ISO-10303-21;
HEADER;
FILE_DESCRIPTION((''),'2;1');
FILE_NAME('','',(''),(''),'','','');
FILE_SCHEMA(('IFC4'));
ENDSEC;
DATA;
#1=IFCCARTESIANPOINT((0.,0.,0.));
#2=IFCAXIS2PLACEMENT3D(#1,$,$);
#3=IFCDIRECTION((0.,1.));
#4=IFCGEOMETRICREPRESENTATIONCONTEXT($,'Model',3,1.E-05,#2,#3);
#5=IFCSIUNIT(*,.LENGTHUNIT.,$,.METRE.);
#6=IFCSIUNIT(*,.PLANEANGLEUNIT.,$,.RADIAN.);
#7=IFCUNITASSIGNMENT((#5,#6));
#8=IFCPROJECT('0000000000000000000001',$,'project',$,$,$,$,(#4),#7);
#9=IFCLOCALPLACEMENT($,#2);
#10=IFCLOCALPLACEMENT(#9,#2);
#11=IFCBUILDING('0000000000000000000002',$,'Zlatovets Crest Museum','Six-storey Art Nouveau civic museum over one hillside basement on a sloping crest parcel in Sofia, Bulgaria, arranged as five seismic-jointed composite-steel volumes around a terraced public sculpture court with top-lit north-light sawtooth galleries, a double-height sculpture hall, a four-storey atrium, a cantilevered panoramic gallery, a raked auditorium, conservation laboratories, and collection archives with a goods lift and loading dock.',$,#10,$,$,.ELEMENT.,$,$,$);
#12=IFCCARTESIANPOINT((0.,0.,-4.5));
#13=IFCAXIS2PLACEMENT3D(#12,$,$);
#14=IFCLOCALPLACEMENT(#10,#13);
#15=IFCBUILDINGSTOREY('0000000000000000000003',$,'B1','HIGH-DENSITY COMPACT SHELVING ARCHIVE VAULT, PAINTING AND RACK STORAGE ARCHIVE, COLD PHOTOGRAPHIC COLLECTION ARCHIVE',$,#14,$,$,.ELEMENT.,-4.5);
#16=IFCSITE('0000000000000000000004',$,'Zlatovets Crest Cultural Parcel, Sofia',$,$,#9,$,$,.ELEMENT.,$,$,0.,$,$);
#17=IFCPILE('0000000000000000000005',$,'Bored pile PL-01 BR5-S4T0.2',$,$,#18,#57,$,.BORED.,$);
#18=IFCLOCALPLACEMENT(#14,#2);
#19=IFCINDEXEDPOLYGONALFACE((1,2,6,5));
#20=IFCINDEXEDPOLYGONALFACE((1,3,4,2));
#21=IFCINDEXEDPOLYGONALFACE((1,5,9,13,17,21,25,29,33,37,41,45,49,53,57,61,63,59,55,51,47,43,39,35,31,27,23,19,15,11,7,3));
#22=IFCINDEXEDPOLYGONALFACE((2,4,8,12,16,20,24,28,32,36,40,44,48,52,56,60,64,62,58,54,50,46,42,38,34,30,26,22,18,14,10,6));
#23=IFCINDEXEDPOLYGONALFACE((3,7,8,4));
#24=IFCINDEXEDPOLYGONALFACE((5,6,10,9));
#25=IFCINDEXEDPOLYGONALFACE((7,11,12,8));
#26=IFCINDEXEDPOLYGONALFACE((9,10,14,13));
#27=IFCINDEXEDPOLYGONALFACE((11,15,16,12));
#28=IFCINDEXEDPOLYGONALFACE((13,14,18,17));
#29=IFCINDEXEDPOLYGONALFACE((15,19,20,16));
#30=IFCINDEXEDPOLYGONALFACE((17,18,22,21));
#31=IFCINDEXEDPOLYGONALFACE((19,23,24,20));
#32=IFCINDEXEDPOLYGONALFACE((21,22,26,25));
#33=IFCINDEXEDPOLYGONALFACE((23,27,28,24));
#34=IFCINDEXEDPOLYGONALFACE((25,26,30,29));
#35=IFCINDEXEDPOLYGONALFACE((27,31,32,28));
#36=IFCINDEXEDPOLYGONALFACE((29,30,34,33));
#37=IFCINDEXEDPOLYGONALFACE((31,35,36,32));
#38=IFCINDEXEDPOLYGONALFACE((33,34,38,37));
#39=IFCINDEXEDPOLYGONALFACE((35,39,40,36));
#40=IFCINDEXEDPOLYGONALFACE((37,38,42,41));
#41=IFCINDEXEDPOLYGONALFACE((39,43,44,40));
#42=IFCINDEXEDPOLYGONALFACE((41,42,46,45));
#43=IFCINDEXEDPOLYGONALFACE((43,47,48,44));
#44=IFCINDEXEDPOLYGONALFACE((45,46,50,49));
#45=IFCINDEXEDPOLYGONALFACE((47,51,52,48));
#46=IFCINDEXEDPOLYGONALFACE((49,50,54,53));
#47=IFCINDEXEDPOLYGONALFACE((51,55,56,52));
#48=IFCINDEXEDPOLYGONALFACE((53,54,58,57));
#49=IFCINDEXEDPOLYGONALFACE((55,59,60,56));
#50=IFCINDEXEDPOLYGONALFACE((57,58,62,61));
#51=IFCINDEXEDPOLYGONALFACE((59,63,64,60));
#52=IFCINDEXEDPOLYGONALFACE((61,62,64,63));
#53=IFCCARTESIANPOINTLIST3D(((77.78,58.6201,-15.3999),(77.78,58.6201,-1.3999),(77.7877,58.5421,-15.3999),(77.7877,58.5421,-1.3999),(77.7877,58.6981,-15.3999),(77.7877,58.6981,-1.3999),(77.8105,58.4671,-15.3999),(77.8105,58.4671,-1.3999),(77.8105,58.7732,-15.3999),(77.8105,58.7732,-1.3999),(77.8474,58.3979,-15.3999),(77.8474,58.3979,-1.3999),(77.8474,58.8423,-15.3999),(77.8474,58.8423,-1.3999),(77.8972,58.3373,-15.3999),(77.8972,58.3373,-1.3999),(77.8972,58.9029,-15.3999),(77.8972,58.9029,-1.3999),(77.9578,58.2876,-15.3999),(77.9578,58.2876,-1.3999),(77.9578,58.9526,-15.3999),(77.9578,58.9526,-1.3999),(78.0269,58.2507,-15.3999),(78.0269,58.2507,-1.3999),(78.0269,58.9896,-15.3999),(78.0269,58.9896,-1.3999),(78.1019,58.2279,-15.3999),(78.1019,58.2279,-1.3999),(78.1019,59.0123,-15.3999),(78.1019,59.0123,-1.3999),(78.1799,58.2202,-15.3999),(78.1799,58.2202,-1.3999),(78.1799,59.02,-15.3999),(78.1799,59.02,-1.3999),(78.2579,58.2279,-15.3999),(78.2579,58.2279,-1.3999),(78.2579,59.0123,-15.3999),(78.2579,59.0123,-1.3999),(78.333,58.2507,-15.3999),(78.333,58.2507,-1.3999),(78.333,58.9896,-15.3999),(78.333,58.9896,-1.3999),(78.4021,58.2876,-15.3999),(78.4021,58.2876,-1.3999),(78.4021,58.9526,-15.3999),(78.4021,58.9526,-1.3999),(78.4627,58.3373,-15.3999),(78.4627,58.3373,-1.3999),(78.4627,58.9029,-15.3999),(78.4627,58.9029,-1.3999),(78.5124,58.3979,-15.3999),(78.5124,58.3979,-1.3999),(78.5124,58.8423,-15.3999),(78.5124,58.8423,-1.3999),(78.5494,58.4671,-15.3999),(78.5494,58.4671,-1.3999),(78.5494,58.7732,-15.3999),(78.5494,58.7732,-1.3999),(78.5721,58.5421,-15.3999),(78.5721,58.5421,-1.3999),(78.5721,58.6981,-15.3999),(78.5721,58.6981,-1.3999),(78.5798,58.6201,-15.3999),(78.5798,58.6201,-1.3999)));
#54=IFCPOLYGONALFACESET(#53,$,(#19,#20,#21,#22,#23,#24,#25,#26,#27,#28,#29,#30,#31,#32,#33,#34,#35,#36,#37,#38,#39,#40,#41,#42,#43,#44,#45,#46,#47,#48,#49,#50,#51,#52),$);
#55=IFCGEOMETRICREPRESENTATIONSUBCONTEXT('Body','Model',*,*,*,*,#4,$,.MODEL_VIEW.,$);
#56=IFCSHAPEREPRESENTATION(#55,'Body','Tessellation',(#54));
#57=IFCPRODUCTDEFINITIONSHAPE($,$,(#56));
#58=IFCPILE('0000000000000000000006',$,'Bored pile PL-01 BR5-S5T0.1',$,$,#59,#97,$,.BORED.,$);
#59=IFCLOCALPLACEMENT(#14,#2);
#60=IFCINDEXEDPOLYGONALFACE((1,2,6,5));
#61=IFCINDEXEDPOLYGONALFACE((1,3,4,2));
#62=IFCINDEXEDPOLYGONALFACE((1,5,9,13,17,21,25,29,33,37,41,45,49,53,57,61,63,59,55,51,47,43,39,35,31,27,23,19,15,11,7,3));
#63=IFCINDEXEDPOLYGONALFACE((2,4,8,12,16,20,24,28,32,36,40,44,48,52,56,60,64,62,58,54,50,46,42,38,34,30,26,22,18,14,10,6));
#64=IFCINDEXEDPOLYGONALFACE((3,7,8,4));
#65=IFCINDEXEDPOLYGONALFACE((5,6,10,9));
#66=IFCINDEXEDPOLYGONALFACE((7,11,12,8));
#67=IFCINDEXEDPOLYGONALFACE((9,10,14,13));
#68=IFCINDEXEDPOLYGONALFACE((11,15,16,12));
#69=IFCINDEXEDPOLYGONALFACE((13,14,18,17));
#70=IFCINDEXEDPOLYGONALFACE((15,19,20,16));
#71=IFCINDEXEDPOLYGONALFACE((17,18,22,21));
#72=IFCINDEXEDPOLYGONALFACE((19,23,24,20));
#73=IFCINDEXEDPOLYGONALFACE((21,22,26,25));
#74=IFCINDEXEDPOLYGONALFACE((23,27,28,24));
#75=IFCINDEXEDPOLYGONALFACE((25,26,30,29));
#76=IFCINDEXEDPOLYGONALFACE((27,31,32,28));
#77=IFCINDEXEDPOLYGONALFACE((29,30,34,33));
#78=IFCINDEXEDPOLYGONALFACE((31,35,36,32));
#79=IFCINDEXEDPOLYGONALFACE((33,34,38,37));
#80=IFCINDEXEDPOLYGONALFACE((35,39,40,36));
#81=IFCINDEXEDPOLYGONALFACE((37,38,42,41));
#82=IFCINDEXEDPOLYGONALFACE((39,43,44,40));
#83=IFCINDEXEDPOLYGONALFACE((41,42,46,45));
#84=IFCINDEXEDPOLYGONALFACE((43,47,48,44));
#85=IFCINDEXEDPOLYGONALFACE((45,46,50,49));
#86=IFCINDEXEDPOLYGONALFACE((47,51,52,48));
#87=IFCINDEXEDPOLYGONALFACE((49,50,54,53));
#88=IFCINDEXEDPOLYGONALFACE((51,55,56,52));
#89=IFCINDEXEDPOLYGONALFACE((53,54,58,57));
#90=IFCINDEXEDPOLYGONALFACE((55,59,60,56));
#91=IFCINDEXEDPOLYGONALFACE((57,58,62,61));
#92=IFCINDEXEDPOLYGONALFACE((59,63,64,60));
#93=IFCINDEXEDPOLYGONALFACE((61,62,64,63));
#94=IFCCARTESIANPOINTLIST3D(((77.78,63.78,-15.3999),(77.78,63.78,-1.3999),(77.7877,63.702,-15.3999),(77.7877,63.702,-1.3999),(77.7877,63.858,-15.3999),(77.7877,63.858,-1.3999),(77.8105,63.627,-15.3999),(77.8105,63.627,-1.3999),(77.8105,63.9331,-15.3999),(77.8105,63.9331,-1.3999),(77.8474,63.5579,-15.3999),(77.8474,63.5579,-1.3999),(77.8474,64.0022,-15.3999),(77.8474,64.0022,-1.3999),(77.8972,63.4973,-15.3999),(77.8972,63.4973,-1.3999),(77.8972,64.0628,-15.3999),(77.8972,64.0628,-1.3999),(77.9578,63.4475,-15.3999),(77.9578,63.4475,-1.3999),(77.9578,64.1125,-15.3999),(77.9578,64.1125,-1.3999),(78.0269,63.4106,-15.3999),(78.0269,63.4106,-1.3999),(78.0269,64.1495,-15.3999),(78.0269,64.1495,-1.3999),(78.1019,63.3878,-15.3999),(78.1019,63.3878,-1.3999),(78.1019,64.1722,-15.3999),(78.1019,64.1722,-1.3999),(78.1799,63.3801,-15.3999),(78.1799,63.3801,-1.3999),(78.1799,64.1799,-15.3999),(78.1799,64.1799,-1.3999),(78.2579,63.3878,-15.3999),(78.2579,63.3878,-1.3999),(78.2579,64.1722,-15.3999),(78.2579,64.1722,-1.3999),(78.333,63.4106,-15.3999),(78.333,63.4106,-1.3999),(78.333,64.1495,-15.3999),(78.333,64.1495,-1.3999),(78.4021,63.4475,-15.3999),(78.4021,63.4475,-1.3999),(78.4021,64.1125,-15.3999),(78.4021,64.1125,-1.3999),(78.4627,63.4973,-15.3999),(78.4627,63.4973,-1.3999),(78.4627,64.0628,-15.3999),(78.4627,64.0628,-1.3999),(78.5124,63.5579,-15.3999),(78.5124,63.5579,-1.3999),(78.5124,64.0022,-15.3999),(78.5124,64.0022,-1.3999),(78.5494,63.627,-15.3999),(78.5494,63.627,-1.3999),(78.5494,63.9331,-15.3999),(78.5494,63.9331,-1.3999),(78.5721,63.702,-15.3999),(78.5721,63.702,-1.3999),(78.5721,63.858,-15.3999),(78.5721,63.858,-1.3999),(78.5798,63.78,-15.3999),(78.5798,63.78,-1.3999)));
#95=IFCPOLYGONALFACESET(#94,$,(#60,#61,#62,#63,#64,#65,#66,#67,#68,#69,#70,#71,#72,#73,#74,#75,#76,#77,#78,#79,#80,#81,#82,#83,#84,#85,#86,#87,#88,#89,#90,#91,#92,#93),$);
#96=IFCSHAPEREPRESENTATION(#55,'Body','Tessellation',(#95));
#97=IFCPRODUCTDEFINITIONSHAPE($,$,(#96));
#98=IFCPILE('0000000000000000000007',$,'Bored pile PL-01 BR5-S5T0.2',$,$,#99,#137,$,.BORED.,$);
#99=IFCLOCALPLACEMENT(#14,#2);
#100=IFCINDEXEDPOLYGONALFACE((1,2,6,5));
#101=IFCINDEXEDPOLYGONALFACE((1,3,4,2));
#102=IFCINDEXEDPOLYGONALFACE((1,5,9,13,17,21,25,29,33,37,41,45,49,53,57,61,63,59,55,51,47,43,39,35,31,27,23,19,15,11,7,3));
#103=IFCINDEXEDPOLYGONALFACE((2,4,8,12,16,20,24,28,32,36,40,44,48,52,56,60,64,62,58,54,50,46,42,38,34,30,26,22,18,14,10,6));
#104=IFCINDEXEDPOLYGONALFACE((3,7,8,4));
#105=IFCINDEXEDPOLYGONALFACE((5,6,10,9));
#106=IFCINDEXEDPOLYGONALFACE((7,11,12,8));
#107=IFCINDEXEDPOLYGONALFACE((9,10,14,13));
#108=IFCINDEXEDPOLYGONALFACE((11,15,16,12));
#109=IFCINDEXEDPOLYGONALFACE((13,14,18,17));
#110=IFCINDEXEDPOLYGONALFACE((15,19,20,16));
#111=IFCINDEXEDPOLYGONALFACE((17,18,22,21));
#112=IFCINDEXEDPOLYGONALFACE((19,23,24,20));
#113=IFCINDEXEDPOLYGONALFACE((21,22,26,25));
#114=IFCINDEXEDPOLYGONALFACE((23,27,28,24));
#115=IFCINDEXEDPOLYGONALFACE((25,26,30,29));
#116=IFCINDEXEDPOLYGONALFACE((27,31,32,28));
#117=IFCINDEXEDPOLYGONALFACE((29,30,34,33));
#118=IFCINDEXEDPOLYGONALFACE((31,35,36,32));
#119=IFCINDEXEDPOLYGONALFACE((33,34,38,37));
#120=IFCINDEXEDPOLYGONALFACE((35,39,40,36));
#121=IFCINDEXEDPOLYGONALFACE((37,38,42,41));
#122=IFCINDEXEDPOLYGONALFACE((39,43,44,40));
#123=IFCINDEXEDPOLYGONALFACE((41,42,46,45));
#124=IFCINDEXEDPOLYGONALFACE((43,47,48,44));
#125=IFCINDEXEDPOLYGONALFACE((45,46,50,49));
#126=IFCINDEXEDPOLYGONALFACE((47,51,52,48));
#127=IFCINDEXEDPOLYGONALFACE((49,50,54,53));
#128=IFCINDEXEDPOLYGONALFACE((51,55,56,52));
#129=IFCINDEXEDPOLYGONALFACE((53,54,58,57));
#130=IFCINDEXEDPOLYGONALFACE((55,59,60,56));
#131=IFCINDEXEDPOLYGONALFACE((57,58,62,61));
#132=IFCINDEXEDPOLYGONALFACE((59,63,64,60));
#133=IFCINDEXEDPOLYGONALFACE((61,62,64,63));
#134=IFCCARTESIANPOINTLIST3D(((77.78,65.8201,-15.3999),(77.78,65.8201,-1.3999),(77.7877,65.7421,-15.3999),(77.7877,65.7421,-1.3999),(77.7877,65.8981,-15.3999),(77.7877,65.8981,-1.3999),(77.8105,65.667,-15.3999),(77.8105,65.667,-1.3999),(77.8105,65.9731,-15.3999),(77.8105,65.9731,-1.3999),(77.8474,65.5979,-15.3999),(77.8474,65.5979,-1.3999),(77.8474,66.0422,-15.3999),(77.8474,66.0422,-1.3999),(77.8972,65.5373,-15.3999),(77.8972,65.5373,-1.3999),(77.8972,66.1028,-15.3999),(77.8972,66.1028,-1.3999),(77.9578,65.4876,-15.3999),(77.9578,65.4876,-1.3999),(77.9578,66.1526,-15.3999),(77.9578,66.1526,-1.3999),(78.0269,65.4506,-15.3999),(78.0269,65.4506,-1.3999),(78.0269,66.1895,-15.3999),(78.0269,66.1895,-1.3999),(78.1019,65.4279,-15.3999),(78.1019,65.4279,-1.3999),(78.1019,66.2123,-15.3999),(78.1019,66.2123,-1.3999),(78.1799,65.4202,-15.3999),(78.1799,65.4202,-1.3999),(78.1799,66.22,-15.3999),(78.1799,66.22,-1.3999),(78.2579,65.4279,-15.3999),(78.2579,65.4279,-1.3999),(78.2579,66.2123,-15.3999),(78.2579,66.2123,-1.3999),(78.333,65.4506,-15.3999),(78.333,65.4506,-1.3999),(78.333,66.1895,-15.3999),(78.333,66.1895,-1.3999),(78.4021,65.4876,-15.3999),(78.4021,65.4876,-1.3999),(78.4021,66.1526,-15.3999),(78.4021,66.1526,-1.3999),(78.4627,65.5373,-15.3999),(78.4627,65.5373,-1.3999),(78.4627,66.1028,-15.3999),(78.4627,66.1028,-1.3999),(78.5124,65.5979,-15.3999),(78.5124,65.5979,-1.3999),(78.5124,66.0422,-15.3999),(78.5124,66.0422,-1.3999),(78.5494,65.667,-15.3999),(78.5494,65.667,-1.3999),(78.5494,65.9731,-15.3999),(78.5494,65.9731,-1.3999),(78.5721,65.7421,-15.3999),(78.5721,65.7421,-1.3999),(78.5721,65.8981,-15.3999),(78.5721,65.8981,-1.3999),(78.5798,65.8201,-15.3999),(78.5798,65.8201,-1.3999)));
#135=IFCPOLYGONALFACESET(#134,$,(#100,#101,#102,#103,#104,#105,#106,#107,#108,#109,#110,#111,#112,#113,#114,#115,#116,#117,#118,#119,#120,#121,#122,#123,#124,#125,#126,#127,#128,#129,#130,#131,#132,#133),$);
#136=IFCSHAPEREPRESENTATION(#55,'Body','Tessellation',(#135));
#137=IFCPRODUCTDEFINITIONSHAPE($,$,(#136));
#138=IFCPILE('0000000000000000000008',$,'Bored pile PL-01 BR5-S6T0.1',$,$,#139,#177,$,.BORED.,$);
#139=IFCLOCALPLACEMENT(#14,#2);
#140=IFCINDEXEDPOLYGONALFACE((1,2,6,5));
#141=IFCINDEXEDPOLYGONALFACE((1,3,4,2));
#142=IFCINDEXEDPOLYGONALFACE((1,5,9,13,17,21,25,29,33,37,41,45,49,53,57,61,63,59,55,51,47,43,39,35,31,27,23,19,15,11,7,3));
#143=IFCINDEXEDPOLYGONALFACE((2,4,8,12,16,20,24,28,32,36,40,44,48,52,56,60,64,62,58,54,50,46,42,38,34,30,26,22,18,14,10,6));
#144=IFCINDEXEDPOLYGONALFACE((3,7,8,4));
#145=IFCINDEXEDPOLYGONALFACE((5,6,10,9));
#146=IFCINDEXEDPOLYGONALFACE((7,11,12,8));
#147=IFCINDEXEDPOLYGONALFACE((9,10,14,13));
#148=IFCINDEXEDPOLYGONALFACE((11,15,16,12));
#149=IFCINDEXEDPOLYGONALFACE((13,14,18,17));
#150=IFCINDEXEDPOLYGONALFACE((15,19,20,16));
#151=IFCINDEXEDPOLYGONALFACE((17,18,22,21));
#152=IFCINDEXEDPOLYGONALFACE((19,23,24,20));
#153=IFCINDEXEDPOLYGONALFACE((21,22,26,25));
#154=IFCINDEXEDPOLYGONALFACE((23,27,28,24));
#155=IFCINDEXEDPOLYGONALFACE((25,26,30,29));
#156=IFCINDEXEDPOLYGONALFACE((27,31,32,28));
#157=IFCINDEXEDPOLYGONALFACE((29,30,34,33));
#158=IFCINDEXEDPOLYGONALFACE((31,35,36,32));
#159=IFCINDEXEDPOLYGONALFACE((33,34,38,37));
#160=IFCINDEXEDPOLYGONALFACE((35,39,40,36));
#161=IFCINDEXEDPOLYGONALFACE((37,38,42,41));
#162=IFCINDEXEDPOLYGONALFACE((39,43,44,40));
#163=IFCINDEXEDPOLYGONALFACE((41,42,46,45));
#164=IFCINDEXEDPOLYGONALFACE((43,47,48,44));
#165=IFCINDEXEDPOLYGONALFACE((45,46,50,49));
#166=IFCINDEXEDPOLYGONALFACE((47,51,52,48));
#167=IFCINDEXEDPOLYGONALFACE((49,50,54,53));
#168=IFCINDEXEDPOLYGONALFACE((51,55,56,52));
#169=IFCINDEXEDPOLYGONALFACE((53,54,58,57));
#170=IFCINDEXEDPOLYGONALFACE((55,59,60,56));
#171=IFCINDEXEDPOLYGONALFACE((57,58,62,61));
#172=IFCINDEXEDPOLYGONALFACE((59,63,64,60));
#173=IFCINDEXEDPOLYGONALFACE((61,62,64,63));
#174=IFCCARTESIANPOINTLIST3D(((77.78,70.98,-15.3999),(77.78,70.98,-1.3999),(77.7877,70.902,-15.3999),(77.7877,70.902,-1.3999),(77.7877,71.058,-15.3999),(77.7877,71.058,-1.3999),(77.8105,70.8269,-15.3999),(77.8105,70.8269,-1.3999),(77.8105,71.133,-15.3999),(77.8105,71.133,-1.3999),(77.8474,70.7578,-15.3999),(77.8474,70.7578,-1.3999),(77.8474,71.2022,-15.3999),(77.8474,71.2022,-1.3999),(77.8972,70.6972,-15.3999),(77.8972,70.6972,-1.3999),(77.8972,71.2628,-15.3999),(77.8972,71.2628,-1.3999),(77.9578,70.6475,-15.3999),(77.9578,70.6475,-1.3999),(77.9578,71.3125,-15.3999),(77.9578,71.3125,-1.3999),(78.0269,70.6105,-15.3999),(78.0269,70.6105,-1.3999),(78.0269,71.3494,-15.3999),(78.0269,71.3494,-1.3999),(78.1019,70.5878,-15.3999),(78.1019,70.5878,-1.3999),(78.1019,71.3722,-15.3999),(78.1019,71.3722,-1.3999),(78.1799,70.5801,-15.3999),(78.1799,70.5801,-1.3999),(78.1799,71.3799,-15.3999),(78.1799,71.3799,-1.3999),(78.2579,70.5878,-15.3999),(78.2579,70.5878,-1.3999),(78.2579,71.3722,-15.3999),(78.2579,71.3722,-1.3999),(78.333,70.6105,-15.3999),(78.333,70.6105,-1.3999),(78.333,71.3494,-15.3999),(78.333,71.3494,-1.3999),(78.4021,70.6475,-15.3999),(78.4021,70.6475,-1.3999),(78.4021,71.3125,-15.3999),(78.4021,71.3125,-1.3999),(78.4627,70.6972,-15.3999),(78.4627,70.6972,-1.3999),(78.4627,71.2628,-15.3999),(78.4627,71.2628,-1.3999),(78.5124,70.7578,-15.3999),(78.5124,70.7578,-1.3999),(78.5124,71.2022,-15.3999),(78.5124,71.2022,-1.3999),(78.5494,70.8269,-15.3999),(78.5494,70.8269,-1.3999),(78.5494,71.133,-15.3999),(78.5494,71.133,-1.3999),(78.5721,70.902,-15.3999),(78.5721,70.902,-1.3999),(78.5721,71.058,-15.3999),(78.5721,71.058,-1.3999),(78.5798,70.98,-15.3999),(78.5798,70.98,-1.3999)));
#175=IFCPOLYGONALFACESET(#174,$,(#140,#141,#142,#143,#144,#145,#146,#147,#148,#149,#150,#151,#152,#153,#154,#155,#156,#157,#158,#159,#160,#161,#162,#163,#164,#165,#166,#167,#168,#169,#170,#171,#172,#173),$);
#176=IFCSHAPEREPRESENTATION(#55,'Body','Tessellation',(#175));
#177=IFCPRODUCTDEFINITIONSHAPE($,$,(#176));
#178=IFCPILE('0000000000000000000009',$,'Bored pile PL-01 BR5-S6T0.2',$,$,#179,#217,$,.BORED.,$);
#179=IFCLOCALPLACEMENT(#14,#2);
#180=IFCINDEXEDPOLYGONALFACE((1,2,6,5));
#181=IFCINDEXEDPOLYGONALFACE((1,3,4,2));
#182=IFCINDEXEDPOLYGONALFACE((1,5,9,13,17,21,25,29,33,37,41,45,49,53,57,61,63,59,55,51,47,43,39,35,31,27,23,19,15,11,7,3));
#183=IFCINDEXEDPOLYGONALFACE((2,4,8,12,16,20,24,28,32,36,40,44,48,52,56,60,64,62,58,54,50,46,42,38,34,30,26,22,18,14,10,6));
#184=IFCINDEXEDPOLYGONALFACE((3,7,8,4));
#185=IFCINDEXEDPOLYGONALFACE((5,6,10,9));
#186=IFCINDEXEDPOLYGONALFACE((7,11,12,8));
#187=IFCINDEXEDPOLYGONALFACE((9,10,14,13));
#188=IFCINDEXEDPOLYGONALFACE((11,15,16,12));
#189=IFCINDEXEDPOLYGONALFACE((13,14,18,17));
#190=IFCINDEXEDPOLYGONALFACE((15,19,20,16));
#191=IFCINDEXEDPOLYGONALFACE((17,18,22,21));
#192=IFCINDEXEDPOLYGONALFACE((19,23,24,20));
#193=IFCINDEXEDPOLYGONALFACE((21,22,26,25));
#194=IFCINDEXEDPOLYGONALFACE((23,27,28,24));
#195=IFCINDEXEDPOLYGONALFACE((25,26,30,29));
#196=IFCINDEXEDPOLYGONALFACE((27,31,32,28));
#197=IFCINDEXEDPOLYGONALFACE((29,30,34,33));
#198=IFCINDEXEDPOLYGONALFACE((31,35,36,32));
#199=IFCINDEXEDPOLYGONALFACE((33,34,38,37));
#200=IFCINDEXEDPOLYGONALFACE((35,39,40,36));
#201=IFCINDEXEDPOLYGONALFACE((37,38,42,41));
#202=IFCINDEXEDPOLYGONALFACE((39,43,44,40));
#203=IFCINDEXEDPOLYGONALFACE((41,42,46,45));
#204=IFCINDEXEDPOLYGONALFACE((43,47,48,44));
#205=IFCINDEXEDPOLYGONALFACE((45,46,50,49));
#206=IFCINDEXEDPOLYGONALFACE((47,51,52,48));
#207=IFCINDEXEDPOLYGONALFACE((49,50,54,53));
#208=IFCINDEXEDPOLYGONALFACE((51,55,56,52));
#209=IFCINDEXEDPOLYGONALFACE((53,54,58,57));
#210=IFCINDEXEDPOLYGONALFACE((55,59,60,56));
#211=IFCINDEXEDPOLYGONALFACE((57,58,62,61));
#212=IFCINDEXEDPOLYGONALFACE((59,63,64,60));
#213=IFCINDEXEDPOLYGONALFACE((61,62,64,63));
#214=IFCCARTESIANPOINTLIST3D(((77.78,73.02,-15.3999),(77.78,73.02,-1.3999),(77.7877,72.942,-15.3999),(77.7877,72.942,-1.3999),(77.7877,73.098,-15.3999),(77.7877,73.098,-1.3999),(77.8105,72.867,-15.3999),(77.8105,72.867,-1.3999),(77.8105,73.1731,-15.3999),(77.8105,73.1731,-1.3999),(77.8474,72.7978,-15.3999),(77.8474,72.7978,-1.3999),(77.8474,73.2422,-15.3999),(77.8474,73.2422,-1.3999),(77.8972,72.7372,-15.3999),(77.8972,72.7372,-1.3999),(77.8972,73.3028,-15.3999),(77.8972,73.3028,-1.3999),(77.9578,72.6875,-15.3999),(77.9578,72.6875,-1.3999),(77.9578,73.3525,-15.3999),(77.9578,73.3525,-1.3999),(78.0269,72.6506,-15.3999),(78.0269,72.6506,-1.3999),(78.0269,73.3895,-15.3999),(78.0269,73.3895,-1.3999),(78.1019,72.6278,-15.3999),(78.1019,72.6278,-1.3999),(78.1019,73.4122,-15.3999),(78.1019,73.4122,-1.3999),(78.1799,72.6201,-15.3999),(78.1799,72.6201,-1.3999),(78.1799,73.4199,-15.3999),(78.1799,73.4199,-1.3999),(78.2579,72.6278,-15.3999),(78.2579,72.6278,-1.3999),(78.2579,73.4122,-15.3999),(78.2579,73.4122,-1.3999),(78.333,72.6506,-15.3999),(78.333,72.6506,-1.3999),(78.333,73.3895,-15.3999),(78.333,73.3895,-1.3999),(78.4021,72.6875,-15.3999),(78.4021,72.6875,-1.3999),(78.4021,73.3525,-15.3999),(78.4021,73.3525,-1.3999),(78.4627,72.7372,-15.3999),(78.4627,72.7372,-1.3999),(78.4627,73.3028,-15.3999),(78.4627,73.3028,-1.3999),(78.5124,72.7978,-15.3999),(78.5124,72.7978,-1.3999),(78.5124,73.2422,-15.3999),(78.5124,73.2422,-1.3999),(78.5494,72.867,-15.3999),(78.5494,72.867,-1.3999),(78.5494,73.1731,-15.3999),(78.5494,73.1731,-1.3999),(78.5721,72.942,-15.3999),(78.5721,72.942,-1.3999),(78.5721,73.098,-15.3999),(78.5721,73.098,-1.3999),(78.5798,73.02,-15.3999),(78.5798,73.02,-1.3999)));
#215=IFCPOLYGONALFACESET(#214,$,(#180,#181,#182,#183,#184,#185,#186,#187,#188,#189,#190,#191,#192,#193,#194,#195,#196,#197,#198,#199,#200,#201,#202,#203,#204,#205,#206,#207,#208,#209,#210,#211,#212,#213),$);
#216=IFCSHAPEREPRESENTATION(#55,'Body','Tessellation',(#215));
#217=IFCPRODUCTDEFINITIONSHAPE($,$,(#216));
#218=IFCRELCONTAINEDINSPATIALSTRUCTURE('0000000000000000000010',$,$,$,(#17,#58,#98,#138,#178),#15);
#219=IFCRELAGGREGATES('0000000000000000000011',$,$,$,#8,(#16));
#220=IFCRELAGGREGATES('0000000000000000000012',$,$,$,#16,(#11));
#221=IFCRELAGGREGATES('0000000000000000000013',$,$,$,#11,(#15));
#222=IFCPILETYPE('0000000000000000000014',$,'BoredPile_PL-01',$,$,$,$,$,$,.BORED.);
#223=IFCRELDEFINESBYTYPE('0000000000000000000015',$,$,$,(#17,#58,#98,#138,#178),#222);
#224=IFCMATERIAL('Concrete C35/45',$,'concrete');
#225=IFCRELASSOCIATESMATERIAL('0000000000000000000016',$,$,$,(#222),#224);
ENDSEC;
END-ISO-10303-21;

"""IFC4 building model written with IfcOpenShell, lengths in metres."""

from ifc_helpers import new_model, si_unit, direction, frame, origin, origin_2d, place, context, subcontext, project, spatial, circle, extrude, material, material_profile, profile_set, type_object, element, save


model = new_model("IFC4")

# Units and contexts
model_context = context("Model", 3, precision=1e-05, world=origin(), true_north=direction((0.0, 1.0)))
body_context = subcontext(model_context, "Body", "Model", "MODEL_VIEW")
ifc_project = project(units=[si_unit("LENGTHUNIT", "METRE"), si_unit("PLANEANGLEUNIT", "RADIAN")], contexts=[model_context])

# Site, building, storey
site_placement = place(None, origin())
site = spatial("IfcSite", under=ifc_project, at=site_placement, Name="Zlatovets Crest Cultural Parcel, Sofia", CompositionType="ELEMENT", RefElevation=0.0)
building_placement = place(site_placement, origin())
building = spatial("IfcBuilding", under=site, at=building_placement, Name="Zlatovets Crest Museum", Description="Six-storey Art Nouveau civic museum over one hillside basement on a sloping crest parcel in Sofia, Bulgaria, arranged as five seismic-jointed composite-steel volumes around a terraced public sculpture court with top-lit north-light sawtooth galleries, a double-height sculpture hall, a four-storey atrium, a cantilevered panoramic gallery, a raked auditorium, conservation laboratories, and collection archives with a goods lift and loading dock.", CompositionType="ELEMENT")
storey_placement = place(building_placement, frame((0.0, 0.0, -4.5)))
storey = spatial("IfcBuildingStorey", under=building, at=storey_placement, Name="B1", Description="HIGH-DENSITY COMPACT SHELVING ARCHIVE VAULT, PAINTING AND RACK STORAGE ARCHIVE, COLD PHOTOGRAPHIC COLLECTION ARCHIVE", CompositionType="ELEMENT", Elevation=-4.5)

# Piles
ifc_material_1 = material(Name="Concrete C35/45", Category="concrete")
ifc_material_profile_1 = material_profile(ifc_material_1, circle(Radius=0.3999, at=origin_2d()), Name="PILE D800")
ifc_profile_set_1 = profile_set([ifc_material_profile_1], Name="Concrete C35/45")
pile_type_1 = type_object("IfcPileType", Name="BoredPile_PL-01", PredefinedType="BORED", material=ifc_profile_set_1)
for number, where, z_axis, x_axis, name in (
    (1, (78.1799, 58.6201, -1.3999), (0.0, 0.0, -1.0), (1.0, 0.0, 0.0), "Bored pile PL-01 BR5-S4T0.2"),
    (2, (78.1799, 63.78, -1.3999), (0.0, 0.0, -1.0), (1.0, 0.0, 0.0), "Bored pile PL-01 BR5-S5T0.1"),
    (3, (78.1799, 65.8201, -1.3999), (0.0, 0.0, -1.0), (1.0, 0.0, 0.0), "Bored pile PL-01 BR5-S5T0.2"),
    (4, (78.1799, 70.98, -1.3999), (0.0, 0.0, -1.0), (1.0, 0.0, 0.0), "Bored pile PL-01 BR5-S6T0.1"),
    (5, (78.1799, 73.02, -1.3999), (0.0, 0.0, -1.0), (1.0, 0.0, 0.0), "Bored pile PL-01 BR5-S6T0.2"),
):
    element("IfcPile", number, at=place(storey_placement, frame(where, z_axis=z_axis, x_axis=x_axis)), inside=storey, type_object=pile_type_1, Name=name, PredefinedType="BORED", context=body_context, shape_type="SweptSolid", body=[
        extrude(circle(Radius=0.3999, at=origin_2d()), origin(), (0.0, 0.0, 1.0), 14.0),
    ])

save(model, "model.ifc")
